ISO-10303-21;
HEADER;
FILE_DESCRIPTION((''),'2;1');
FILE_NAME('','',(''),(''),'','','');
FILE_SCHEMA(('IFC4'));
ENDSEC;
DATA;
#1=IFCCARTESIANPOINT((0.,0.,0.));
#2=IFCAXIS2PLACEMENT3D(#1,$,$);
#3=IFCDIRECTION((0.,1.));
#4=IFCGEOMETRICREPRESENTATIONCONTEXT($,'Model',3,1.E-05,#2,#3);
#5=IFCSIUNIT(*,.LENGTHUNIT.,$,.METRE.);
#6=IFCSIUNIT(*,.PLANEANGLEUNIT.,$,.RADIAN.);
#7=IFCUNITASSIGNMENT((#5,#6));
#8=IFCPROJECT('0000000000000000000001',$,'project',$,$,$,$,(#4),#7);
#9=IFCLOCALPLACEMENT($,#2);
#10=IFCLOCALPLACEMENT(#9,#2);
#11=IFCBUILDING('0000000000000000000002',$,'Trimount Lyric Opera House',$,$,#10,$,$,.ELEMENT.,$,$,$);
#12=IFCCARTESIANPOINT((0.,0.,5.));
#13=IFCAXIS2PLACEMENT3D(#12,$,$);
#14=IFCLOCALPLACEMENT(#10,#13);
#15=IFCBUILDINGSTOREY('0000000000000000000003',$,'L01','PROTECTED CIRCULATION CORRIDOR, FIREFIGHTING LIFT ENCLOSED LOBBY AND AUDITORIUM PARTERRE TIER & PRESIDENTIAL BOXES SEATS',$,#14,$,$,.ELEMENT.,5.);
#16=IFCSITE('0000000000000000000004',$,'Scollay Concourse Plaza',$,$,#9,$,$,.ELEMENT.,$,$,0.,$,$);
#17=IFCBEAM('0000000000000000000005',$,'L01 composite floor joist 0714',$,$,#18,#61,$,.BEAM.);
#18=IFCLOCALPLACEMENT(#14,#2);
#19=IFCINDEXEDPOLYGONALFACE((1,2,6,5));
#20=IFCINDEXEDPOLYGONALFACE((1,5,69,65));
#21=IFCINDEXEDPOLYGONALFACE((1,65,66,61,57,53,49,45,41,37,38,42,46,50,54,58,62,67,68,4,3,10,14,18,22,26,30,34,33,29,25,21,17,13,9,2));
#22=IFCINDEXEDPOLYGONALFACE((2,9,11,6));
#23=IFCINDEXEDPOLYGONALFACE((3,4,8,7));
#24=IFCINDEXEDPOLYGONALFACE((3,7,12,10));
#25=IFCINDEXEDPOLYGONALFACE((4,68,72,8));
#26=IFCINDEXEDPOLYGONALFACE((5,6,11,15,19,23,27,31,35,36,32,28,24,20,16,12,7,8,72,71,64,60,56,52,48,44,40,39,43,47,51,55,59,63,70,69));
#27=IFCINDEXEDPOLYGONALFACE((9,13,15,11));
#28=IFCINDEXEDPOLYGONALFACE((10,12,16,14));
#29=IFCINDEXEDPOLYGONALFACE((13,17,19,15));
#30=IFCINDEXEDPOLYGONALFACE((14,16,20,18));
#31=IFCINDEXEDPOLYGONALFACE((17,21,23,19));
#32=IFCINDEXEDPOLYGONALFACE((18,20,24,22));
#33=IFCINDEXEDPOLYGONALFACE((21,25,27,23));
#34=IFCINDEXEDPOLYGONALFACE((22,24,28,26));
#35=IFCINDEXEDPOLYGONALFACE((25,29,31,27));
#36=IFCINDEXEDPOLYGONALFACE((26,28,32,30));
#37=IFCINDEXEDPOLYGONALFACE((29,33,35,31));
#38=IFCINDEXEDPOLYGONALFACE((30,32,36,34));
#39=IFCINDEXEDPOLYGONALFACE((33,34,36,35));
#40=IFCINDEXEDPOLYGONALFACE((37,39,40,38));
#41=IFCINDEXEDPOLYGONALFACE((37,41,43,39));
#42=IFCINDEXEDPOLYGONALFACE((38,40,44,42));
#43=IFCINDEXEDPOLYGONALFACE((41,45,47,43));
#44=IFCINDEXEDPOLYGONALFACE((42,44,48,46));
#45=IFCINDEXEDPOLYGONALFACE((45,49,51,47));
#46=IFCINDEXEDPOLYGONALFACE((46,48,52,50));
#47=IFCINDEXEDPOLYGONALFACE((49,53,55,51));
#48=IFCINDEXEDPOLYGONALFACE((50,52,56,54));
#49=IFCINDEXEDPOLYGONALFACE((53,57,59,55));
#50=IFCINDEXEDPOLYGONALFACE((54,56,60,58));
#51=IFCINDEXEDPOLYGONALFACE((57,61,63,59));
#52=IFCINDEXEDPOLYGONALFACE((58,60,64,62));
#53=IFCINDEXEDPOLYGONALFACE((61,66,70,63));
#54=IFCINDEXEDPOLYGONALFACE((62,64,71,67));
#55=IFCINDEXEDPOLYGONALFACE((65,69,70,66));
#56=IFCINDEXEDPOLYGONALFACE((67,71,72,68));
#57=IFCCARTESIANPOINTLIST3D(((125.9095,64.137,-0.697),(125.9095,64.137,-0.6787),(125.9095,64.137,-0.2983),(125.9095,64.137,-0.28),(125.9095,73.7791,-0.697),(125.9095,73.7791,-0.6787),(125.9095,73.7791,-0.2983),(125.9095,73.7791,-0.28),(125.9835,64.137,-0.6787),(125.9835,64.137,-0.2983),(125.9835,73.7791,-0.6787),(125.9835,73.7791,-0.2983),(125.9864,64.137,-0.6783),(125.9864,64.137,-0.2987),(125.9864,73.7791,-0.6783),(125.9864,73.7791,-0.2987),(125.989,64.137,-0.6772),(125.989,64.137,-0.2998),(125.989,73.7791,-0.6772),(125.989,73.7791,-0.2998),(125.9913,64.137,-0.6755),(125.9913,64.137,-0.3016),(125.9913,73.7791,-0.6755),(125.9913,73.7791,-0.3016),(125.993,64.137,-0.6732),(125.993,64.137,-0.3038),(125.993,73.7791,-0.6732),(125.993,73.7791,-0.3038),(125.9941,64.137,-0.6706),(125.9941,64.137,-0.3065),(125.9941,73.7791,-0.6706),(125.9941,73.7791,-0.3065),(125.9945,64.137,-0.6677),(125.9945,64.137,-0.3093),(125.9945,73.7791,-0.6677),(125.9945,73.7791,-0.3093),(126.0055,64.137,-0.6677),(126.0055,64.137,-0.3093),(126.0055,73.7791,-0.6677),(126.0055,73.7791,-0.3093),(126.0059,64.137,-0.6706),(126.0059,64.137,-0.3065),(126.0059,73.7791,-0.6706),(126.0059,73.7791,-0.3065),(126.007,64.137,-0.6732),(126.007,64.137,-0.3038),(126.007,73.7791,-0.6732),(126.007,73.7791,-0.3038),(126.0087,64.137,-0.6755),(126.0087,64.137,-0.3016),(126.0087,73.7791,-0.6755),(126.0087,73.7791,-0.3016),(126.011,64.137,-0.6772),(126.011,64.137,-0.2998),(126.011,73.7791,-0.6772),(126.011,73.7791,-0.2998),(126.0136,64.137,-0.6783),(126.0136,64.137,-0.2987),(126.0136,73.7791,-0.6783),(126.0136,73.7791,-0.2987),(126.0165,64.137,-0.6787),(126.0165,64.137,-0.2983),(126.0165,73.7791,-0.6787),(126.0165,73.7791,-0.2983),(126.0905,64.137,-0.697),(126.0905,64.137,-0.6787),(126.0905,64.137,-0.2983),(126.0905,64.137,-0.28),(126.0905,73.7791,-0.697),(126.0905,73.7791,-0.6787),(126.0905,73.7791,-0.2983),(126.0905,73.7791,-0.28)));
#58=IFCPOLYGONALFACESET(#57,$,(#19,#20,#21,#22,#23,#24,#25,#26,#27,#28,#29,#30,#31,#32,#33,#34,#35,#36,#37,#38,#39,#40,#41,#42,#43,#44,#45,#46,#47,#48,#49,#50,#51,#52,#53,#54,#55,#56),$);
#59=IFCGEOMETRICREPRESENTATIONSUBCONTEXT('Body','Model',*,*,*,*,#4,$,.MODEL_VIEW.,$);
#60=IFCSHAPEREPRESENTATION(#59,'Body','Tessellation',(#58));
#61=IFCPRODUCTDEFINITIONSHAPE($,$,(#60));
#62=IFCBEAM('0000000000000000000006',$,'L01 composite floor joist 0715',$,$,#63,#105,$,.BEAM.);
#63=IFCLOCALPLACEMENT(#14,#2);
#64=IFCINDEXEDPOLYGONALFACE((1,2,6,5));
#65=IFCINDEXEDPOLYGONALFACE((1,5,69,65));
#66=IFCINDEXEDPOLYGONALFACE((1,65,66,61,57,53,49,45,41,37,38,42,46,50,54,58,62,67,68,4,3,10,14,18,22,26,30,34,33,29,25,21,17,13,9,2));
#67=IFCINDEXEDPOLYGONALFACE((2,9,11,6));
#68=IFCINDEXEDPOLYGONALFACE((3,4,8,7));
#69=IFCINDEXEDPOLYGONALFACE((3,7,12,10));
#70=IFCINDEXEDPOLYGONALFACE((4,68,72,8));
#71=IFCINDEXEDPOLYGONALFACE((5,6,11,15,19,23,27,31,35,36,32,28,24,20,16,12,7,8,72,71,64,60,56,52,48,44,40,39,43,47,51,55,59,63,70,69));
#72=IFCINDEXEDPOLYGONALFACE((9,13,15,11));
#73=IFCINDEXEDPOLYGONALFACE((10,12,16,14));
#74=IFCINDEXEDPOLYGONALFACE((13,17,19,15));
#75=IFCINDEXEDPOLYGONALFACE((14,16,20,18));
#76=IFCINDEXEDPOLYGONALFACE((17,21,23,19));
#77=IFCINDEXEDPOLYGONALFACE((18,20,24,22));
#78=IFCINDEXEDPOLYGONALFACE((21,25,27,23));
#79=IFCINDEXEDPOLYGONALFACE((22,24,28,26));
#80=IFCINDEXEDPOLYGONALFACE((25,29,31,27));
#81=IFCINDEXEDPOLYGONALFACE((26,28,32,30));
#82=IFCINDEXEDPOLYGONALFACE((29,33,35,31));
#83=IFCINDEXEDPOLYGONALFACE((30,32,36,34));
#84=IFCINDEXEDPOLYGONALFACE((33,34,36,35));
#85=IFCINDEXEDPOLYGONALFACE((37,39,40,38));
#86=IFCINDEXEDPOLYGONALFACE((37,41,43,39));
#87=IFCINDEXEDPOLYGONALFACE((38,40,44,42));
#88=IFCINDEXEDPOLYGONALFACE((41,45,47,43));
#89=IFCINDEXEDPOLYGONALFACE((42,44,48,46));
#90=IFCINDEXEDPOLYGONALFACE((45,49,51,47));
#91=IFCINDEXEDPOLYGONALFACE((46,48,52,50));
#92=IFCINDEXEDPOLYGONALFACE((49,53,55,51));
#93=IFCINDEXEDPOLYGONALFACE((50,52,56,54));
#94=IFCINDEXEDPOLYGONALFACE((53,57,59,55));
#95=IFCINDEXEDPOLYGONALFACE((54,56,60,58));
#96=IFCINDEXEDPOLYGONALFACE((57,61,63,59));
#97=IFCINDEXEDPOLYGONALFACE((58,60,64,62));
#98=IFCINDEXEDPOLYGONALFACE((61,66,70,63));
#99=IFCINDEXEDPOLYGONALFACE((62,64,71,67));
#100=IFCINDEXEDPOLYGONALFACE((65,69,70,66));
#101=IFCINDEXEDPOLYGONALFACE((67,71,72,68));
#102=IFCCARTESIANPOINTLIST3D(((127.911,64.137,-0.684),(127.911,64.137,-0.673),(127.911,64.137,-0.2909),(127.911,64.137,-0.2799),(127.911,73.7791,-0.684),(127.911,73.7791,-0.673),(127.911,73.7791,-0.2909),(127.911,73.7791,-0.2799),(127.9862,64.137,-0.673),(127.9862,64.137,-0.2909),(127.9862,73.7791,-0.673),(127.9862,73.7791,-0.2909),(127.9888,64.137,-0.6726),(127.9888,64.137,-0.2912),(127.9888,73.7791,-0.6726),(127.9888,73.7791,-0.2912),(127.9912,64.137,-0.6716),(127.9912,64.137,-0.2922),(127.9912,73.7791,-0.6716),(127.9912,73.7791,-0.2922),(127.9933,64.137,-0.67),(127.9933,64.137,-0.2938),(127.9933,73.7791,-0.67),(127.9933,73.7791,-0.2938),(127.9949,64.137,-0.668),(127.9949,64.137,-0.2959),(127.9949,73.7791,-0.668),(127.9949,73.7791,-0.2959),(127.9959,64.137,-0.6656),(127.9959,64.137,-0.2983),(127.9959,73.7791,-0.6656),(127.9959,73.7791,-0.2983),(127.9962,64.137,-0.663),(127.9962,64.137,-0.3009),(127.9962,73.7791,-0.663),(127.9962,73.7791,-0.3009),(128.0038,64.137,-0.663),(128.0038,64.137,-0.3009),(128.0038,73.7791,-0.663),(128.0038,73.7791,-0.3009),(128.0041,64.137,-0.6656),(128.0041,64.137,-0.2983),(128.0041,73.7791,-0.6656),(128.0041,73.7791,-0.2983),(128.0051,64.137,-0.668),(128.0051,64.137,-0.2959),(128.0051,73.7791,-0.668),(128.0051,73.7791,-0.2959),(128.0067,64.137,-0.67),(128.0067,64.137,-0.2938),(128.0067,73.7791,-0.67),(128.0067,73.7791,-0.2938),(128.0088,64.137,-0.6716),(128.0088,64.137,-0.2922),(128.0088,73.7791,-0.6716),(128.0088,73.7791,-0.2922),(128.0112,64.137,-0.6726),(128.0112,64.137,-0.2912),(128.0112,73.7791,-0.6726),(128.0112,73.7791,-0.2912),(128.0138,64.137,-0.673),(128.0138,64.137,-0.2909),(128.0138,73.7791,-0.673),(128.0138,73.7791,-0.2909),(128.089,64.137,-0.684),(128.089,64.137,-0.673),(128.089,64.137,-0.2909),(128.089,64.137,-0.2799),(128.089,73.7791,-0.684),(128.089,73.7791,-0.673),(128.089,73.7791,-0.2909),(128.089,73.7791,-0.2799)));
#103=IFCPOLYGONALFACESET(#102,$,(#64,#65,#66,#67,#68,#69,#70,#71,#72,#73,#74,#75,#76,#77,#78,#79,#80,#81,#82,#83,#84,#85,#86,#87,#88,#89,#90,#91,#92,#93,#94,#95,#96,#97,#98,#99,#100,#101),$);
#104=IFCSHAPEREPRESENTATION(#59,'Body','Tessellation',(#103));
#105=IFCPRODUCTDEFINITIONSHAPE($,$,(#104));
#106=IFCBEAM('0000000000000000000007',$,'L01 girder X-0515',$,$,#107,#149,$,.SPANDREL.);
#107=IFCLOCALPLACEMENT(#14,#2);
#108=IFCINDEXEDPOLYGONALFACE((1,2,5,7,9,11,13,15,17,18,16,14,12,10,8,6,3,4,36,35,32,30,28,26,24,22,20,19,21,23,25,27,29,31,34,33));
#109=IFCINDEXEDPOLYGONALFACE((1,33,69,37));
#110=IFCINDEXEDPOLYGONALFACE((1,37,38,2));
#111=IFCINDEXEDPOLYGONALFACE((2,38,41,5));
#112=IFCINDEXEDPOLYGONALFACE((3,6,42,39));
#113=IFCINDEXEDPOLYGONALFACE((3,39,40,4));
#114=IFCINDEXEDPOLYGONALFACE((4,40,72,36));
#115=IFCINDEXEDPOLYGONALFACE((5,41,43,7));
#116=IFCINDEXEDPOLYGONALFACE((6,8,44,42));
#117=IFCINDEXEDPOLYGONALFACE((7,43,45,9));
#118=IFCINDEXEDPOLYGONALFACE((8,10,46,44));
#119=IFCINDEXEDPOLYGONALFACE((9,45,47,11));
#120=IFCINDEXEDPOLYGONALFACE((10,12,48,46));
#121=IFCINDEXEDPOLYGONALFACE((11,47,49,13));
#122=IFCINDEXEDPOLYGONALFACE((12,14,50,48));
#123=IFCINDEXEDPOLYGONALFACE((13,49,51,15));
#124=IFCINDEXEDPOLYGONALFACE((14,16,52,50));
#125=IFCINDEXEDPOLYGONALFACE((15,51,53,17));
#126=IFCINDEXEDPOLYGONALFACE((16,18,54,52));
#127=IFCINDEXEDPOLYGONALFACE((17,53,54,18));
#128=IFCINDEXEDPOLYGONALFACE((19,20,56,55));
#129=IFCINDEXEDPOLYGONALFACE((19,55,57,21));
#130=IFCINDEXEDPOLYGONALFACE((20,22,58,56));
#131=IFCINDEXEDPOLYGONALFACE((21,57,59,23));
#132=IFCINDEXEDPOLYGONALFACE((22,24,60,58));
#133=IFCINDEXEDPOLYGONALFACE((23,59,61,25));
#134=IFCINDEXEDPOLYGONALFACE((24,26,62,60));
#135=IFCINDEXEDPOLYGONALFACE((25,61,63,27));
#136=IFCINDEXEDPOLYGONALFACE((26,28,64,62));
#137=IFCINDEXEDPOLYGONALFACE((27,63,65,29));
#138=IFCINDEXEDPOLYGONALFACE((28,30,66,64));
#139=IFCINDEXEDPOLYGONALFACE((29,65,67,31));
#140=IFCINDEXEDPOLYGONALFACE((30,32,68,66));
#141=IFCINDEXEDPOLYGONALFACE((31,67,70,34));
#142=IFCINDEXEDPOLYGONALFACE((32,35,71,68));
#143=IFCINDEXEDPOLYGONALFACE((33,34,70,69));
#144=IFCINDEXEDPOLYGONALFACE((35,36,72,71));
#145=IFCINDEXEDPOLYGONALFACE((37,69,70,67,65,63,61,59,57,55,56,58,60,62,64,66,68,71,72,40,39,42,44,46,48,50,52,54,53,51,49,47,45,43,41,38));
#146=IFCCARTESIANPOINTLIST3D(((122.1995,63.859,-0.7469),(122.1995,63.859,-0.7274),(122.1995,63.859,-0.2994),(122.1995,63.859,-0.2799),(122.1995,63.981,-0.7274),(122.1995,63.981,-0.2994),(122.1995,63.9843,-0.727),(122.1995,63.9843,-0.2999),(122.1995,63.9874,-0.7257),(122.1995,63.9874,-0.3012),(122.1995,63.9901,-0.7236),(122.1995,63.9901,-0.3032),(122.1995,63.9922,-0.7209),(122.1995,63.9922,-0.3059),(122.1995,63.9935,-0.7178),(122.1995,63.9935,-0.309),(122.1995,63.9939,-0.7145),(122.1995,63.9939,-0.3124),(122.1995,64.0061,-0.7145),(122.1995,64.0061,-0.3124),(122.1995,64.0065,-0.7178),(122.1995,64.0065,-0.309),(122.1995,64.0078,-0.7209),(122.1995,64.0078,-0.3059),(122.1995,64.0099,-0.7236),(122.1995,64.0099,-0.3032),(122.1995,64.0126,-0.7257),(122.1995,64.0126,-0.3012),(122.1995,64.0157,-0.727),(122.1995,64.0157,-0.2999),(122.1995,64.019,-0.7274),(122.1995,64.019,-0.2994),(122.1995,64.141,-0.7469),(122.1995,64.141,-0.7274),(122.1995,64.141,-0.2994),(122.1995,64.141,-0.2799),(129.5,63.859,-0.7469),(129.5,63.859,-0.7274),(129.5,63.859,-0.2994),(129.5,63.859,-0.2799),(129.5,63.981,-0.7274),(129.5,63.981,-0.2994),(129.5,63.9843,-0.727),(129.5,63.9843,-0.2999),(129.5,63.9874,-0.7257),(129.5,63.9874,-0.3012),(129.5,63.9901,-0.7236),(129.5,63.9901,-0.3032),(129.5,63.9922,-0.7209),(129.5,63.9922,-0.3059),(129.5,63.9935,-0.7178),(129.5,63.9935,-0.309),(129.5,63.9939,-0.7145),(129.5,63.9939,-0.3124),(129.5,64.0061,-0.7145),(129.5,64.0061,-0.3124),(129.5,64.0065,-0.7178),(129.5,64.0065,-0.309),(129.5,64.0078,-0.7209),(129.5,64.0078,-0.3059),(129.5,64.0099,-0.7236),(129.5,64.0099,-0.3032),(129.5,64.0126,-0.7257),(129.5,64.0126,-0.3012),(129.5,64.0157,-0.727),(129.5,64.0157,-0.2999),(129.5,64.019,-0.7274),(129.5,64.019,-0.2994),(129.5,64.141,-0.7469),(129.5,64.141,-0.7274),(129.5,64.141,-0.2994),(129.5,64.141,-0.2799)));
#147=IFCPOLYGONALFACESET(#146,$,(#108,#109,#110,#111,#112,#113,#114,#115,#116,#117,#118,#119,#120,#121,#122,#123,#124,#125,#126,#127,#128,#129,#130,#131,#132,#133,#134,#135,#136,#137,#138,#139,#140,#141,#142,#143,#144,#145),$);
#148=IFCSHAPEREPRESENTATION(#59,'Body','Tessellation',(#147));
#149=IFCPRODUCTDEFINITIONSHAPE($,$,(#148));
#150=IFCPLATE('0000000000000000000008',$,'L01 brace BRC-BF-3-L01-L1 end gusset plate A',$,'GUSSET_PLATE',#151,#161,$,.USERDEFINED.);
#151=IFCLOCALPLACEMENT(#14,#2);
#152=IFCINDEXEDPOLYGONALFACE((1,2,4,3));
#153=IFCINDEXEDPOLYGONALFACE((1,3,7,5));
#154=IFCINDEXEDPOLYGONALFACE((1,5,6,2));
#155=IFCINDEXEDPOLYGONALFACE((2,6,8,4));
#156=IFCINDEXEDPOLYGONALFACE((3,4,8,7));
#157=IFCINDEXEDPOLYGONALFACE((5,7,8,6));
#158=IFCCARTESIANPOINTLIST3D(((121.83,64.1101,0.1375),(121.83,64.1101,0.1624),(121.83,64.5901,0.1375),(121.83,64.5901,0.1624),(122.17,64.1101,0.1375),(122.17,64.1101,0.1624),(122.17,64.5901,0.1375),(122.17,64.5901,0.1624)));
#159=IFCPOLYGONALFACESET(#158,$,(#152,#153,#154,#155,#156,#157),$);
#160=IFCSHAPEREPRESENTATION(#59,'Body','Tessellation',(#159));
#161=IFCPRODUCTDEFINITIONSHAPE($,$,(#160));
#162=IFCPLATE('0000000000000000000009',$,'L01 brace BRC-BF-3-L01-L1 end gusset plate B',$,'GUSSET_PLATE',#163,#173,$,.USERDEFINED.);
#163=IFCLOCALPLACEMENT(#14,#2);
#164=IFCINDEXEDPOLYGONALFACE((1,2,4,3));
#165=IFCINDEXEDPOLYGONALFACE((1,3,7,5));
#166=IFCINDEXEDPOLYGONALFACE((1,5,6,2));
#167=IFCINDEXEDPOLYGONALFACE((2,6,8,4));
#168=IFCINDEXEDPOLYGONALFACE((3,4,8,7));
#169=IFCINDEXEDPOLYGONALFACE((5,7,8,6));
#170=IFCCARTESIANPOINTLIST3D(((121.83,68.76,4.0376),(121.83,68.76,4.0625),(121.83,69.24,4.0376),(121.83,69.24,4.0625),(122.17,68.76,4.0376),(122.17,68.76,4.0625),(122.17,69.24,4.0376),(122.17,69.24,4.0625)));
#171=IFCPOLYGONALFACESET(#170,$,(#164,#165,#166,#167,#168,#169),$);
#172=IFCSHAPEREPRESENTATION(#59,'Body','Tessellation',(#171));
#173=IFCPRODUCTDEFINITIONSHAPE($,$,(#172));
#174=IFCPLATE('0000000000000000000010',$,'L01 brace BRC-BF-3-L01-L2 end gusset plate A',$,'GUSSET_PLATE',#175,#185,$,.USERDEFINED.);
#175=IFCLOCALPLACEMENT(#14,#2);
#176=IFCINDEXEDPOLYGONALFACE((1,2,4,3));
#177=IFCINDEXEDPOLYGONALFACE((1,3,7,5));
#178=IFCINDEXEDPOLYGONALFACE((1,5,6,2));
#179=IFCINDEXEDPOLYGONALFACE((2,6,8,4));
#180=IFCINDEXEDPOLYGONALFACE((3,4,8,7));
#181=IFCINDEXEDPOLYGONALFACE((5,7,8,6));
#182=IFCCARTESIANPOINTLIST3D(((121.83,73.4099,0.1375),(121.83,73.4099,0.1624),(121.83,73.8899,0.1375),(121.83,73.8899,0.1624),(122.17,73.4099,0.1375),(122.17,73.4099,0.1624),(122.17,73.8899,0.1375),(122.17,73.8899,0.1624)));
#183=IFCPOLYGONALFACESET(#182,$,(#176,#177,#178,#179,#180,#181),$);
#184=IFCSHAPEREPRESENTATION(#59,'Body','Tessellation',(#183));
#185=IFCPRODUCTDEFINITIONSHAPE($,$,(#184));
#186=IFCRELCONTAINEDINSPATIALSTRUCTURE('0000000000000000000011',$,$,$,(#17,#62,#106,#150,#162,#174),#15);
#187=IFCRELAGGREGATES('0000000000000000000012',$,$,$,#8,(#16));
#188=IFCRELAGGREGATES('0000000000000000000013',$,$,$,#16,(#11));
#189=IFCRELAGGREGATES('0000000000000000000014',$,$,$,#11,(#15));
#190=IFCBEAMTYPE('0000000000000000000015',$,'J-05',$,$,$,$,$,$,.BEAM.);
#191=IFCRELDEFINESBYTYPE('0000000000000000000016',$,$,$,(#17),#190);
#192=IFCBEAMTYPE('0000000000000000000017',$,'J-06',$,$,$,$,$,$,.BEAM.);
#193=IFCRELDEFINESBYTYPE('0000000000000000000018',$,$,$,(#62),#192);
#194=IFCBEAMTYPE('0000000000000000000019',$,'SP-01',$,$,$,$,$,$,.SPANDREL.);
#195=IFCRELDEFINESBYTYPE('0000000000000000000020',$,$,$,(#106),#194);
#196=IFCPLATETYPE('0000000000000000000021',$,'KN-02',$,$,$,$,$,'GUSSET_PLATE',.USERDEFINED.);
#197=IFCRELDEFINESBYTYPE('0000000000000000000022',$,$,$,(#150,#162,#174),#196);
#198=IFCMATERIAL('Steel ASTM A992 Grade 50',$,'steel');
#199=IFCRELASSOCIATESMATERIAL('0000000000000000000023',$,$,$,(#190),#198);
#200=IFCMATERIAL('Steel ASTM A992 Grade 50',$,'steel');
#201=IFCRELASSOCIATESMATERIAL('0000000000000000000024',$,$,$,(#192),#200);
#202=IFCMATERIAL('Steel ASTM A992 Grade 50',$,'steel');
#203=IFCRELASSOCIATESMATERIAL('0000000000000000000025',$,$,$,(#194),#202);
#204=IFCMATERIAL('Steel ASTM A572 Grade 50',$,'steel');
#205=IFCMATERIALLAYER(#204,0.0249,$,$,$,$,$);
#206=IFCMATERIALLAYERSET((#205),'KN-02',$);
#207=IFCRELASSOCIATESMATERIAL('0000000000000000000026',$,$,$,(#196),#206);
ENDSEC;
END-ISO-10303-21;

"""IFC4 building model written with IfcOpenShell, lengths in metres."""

from ifc_helpers import new_model, si_unit, direction, frame, origin, origin_2d, place, context, subcontext, project, spatial, rectangle, i_section, extrude, material, layer, layer_set, material_profile, profile_set, type_object, element, save


model = new_model("IFC4")

# Units and contexts
model_context = context("Model", 3, precision=1e-05, world=origin(), true_north=direction((0.0, 1.0)))
body_context = subcontext(model_context, "Body", "Model", "MODEL_VIEW")
ifc_project = project(units=[si_unit("LENGTHUNIT", "METRE"), si_unit("PLANEANGLEUNIT", "RADIAN")], contexts=[model_context])

# Site, building, storey
site_placement = place(None, origin())
site = spatial("IfcSite", under=ifc_project, at=site_placement, Name="Scollay Concourse Plaza", CompositionType="ELEMENT", RefElevation=0.0)
building_placement = place(site_placement, origin())
building = spatial("IfcBuilding", under=site, at=building_placement, Name="Trimount Lyric Opera House", CompositionType="ELEMENT")
storey_placement = place(building_placement, frame((0.0, 0.0, 5.0)))
storey = spatial("IfcBuildingStorey", under=building, at=storey_placement, Name="L01", Description="PROTECTED CIRCULATION CORRIDOR, FIREFIGHTING LIFT ENCLOSED LOBBY AND AUDITORIUM PARTERRE TIER & PRESIDENTIAL BOXES SEATS", CompositionType="ELEMENT", Elevation=5.0)

# Beams
ifc_material_1 = material(Name="Steel ASTM A992 Grade 50", Category="steel")
ifc_material_profile_1 = material_profile(ifc_material_1, i_section(OverallWidth=0.1809, OverallDepth=0.417, WebThickness=0.011, FlangeThickness=0.0183, FilletRadius=0.011, at=origin_2d()), Name="W16X57")
ifc_profile_set_1 = profile_set([ifc_material_profile_1], Name="Steel ASTM A992 Grade 50")
beam_type_1 = type_object("IfcBeamType", Name="J-05", PredefinedType="BEAM", material=ifc_profile_set_1)
beam_1_placement = place(storey_placement, frame((126.0, 64.137, -0.4885), z_axis=(0.0, 1.0, 0.0), x_axis=(-1.0, 0.0, 0.0)))
element("IfcBeam", 1, at=beam_1_placement, inside=storey, type_object=beam_type_1, Name="L01 composite floor joist 0714", PredefinedType="BEAM", context=body_context, shape_type="SweptSolid", body=[
    extrude(i_section(OverallWidth=0.1809, OverallDepth=0.417, WebThickness=0.011, FlangeThickness=0.0183, FilletRadius=0.011, at=origin_2d()), origin(), (0.0, 0.0, 1.0), 9.6421),
])
ifc_material_2 = material(Name="Steel ASTM A992 Grade 50", Category="steel")
ifc_material_profile_2 = material_profile(ifc_material_2, i_section(OverallWidth=0.178, OverallDepth=0.4041, WebThickness=0.0076, FlangeThickness=0.011, FilletRadius=0.01, at=origin_2d()), Name="W16X36")
ifc_profile_set_2 = profile_set([ifc_material_profile_2], Name="Steel ASTM A992 Grade 50")
beam_type_2 = type_object("IfcBeamType", Name="J-06", PredefinedType="BEAM", material=ifc_profile_set_2)
beam_2_placement = place(storey_placement, frame((128.0, 64.137, -0.4819), z_axis=(0.0, 1.0, 0.0), x_axis=(-1.0, 0.0, 0.0)))
element("IfcBeam", 2, at=beam_2_placement, inside=storey, type_object=beam_type_2, Name="L01 composite floor joist 0715", PredefinedType="BEAM", context=body_context, shape_type="SweptSolid", body=[
    extrude(i_section(OverallWidth=0.178, OverallDepth=0.4041, WebThickness=0.0076, FlangeThickness=0.011, FilletRadius=0.01, at=origin_2d()), origin(), (0.0, 0.0, 1.0), 9.6421),
])
ifc_material_3 = material(Name="Steel ASTM A992 Grade 50", Category="steel")
ifc_material_profile_3 = material_profile(ifc_material_3, i_section(OverallWidth=0.282, OverallDepth=0.467, WebThickness=0.0122, FlangeThickness=0.0195, FilletRadius=0.0129, at=origin_2d()), Name="W18X86")
ifc_profile_set_3 = profile_set([ifc_material_profile_3], Name="Steel ASTM A992 Grade 50")
beam_type_3 = type_object("IfcBeamType", Name="SP-01", PredefinedType="SPANDREL", material=ifc_profile_set_3)
beam_3_placement = place(storey_placement, frame((122.1995, 64.0, -0.5134), z_axis=(1.0, 0.0, 0.0), x_axis=(0.0, 1.0, 0.0)))
element("IfcBeam", 3, at=beam_3_placement, inside=storey, type_object=beam_type_3, Name="L01 girder X-0515", PredefinedType="SPANDREL", context=body_context, shape_type="SweptSolid", body=[
    extrude(i_section(OverallWidth=0.282, OverallDepth=0.467, WebThickness=0.0122, FlangeThickness=0.0195, FilletRadius=0.0129, at=origin_2d()), origin(), (0.0, 0.0, 1.0), 7.3005),
])

# Plates
ifc_material_4 = material(Name="Steel ASTM A572 Grade 50", Category="steel")
ifc_layer_1 = layer(ifc_material_4, 0.0249)
ifc_layer_set_1 = layer_set([ifc_layer_1], Name="KN-02")
plate_type = type_object("IfcPlateType", Name="KN-02", ElementType="GUSSET_PLATE", PredefinedType="USERDEFINED", material=ifc_layer_set_1)
for number, where, z_axis, x_axis, name in (
    (4, (122.0, 64.3501, 0.1375), (0.0, 0.0, 1.0), (0.0, 1.0, 0.0), "L01 brace BRC-BF-3-L01-L1 end gusset plate A"),
    (5, (122.0, 69.0, 4.0376), (0.0, 0.0, 1.0), (0.0, 1.0, 0.0), "L01 brace BRC-BF-3-L01-L1 end gusset plate B"),
    (6, (122.0, 73.6499, 0.1375), (0.0, 0.0, 1.0), (0.0, -1.0, 0.0), "L01 brace BRC-BF-3-L01-L2 end gusset plate A"),
):
    element("IfcPlate", number, at=place(storey_placement, frame(where, z_axis=z_axis, x_axis=x_axis)), inside=storey, type_object=plate_type, Name=name, ObjectType="GUSSET_PLATE", PredefinedType="USERDEFINED", context=body_context, shape_type="SweptSolid", body=[
        extrude(rectangle(XDim=0.48, YDim=0.3401, at=origin_2d()), origin(), (0.0, 0.0, 1.0), 0.0249),
    ])

save(model, "model.ifc")
